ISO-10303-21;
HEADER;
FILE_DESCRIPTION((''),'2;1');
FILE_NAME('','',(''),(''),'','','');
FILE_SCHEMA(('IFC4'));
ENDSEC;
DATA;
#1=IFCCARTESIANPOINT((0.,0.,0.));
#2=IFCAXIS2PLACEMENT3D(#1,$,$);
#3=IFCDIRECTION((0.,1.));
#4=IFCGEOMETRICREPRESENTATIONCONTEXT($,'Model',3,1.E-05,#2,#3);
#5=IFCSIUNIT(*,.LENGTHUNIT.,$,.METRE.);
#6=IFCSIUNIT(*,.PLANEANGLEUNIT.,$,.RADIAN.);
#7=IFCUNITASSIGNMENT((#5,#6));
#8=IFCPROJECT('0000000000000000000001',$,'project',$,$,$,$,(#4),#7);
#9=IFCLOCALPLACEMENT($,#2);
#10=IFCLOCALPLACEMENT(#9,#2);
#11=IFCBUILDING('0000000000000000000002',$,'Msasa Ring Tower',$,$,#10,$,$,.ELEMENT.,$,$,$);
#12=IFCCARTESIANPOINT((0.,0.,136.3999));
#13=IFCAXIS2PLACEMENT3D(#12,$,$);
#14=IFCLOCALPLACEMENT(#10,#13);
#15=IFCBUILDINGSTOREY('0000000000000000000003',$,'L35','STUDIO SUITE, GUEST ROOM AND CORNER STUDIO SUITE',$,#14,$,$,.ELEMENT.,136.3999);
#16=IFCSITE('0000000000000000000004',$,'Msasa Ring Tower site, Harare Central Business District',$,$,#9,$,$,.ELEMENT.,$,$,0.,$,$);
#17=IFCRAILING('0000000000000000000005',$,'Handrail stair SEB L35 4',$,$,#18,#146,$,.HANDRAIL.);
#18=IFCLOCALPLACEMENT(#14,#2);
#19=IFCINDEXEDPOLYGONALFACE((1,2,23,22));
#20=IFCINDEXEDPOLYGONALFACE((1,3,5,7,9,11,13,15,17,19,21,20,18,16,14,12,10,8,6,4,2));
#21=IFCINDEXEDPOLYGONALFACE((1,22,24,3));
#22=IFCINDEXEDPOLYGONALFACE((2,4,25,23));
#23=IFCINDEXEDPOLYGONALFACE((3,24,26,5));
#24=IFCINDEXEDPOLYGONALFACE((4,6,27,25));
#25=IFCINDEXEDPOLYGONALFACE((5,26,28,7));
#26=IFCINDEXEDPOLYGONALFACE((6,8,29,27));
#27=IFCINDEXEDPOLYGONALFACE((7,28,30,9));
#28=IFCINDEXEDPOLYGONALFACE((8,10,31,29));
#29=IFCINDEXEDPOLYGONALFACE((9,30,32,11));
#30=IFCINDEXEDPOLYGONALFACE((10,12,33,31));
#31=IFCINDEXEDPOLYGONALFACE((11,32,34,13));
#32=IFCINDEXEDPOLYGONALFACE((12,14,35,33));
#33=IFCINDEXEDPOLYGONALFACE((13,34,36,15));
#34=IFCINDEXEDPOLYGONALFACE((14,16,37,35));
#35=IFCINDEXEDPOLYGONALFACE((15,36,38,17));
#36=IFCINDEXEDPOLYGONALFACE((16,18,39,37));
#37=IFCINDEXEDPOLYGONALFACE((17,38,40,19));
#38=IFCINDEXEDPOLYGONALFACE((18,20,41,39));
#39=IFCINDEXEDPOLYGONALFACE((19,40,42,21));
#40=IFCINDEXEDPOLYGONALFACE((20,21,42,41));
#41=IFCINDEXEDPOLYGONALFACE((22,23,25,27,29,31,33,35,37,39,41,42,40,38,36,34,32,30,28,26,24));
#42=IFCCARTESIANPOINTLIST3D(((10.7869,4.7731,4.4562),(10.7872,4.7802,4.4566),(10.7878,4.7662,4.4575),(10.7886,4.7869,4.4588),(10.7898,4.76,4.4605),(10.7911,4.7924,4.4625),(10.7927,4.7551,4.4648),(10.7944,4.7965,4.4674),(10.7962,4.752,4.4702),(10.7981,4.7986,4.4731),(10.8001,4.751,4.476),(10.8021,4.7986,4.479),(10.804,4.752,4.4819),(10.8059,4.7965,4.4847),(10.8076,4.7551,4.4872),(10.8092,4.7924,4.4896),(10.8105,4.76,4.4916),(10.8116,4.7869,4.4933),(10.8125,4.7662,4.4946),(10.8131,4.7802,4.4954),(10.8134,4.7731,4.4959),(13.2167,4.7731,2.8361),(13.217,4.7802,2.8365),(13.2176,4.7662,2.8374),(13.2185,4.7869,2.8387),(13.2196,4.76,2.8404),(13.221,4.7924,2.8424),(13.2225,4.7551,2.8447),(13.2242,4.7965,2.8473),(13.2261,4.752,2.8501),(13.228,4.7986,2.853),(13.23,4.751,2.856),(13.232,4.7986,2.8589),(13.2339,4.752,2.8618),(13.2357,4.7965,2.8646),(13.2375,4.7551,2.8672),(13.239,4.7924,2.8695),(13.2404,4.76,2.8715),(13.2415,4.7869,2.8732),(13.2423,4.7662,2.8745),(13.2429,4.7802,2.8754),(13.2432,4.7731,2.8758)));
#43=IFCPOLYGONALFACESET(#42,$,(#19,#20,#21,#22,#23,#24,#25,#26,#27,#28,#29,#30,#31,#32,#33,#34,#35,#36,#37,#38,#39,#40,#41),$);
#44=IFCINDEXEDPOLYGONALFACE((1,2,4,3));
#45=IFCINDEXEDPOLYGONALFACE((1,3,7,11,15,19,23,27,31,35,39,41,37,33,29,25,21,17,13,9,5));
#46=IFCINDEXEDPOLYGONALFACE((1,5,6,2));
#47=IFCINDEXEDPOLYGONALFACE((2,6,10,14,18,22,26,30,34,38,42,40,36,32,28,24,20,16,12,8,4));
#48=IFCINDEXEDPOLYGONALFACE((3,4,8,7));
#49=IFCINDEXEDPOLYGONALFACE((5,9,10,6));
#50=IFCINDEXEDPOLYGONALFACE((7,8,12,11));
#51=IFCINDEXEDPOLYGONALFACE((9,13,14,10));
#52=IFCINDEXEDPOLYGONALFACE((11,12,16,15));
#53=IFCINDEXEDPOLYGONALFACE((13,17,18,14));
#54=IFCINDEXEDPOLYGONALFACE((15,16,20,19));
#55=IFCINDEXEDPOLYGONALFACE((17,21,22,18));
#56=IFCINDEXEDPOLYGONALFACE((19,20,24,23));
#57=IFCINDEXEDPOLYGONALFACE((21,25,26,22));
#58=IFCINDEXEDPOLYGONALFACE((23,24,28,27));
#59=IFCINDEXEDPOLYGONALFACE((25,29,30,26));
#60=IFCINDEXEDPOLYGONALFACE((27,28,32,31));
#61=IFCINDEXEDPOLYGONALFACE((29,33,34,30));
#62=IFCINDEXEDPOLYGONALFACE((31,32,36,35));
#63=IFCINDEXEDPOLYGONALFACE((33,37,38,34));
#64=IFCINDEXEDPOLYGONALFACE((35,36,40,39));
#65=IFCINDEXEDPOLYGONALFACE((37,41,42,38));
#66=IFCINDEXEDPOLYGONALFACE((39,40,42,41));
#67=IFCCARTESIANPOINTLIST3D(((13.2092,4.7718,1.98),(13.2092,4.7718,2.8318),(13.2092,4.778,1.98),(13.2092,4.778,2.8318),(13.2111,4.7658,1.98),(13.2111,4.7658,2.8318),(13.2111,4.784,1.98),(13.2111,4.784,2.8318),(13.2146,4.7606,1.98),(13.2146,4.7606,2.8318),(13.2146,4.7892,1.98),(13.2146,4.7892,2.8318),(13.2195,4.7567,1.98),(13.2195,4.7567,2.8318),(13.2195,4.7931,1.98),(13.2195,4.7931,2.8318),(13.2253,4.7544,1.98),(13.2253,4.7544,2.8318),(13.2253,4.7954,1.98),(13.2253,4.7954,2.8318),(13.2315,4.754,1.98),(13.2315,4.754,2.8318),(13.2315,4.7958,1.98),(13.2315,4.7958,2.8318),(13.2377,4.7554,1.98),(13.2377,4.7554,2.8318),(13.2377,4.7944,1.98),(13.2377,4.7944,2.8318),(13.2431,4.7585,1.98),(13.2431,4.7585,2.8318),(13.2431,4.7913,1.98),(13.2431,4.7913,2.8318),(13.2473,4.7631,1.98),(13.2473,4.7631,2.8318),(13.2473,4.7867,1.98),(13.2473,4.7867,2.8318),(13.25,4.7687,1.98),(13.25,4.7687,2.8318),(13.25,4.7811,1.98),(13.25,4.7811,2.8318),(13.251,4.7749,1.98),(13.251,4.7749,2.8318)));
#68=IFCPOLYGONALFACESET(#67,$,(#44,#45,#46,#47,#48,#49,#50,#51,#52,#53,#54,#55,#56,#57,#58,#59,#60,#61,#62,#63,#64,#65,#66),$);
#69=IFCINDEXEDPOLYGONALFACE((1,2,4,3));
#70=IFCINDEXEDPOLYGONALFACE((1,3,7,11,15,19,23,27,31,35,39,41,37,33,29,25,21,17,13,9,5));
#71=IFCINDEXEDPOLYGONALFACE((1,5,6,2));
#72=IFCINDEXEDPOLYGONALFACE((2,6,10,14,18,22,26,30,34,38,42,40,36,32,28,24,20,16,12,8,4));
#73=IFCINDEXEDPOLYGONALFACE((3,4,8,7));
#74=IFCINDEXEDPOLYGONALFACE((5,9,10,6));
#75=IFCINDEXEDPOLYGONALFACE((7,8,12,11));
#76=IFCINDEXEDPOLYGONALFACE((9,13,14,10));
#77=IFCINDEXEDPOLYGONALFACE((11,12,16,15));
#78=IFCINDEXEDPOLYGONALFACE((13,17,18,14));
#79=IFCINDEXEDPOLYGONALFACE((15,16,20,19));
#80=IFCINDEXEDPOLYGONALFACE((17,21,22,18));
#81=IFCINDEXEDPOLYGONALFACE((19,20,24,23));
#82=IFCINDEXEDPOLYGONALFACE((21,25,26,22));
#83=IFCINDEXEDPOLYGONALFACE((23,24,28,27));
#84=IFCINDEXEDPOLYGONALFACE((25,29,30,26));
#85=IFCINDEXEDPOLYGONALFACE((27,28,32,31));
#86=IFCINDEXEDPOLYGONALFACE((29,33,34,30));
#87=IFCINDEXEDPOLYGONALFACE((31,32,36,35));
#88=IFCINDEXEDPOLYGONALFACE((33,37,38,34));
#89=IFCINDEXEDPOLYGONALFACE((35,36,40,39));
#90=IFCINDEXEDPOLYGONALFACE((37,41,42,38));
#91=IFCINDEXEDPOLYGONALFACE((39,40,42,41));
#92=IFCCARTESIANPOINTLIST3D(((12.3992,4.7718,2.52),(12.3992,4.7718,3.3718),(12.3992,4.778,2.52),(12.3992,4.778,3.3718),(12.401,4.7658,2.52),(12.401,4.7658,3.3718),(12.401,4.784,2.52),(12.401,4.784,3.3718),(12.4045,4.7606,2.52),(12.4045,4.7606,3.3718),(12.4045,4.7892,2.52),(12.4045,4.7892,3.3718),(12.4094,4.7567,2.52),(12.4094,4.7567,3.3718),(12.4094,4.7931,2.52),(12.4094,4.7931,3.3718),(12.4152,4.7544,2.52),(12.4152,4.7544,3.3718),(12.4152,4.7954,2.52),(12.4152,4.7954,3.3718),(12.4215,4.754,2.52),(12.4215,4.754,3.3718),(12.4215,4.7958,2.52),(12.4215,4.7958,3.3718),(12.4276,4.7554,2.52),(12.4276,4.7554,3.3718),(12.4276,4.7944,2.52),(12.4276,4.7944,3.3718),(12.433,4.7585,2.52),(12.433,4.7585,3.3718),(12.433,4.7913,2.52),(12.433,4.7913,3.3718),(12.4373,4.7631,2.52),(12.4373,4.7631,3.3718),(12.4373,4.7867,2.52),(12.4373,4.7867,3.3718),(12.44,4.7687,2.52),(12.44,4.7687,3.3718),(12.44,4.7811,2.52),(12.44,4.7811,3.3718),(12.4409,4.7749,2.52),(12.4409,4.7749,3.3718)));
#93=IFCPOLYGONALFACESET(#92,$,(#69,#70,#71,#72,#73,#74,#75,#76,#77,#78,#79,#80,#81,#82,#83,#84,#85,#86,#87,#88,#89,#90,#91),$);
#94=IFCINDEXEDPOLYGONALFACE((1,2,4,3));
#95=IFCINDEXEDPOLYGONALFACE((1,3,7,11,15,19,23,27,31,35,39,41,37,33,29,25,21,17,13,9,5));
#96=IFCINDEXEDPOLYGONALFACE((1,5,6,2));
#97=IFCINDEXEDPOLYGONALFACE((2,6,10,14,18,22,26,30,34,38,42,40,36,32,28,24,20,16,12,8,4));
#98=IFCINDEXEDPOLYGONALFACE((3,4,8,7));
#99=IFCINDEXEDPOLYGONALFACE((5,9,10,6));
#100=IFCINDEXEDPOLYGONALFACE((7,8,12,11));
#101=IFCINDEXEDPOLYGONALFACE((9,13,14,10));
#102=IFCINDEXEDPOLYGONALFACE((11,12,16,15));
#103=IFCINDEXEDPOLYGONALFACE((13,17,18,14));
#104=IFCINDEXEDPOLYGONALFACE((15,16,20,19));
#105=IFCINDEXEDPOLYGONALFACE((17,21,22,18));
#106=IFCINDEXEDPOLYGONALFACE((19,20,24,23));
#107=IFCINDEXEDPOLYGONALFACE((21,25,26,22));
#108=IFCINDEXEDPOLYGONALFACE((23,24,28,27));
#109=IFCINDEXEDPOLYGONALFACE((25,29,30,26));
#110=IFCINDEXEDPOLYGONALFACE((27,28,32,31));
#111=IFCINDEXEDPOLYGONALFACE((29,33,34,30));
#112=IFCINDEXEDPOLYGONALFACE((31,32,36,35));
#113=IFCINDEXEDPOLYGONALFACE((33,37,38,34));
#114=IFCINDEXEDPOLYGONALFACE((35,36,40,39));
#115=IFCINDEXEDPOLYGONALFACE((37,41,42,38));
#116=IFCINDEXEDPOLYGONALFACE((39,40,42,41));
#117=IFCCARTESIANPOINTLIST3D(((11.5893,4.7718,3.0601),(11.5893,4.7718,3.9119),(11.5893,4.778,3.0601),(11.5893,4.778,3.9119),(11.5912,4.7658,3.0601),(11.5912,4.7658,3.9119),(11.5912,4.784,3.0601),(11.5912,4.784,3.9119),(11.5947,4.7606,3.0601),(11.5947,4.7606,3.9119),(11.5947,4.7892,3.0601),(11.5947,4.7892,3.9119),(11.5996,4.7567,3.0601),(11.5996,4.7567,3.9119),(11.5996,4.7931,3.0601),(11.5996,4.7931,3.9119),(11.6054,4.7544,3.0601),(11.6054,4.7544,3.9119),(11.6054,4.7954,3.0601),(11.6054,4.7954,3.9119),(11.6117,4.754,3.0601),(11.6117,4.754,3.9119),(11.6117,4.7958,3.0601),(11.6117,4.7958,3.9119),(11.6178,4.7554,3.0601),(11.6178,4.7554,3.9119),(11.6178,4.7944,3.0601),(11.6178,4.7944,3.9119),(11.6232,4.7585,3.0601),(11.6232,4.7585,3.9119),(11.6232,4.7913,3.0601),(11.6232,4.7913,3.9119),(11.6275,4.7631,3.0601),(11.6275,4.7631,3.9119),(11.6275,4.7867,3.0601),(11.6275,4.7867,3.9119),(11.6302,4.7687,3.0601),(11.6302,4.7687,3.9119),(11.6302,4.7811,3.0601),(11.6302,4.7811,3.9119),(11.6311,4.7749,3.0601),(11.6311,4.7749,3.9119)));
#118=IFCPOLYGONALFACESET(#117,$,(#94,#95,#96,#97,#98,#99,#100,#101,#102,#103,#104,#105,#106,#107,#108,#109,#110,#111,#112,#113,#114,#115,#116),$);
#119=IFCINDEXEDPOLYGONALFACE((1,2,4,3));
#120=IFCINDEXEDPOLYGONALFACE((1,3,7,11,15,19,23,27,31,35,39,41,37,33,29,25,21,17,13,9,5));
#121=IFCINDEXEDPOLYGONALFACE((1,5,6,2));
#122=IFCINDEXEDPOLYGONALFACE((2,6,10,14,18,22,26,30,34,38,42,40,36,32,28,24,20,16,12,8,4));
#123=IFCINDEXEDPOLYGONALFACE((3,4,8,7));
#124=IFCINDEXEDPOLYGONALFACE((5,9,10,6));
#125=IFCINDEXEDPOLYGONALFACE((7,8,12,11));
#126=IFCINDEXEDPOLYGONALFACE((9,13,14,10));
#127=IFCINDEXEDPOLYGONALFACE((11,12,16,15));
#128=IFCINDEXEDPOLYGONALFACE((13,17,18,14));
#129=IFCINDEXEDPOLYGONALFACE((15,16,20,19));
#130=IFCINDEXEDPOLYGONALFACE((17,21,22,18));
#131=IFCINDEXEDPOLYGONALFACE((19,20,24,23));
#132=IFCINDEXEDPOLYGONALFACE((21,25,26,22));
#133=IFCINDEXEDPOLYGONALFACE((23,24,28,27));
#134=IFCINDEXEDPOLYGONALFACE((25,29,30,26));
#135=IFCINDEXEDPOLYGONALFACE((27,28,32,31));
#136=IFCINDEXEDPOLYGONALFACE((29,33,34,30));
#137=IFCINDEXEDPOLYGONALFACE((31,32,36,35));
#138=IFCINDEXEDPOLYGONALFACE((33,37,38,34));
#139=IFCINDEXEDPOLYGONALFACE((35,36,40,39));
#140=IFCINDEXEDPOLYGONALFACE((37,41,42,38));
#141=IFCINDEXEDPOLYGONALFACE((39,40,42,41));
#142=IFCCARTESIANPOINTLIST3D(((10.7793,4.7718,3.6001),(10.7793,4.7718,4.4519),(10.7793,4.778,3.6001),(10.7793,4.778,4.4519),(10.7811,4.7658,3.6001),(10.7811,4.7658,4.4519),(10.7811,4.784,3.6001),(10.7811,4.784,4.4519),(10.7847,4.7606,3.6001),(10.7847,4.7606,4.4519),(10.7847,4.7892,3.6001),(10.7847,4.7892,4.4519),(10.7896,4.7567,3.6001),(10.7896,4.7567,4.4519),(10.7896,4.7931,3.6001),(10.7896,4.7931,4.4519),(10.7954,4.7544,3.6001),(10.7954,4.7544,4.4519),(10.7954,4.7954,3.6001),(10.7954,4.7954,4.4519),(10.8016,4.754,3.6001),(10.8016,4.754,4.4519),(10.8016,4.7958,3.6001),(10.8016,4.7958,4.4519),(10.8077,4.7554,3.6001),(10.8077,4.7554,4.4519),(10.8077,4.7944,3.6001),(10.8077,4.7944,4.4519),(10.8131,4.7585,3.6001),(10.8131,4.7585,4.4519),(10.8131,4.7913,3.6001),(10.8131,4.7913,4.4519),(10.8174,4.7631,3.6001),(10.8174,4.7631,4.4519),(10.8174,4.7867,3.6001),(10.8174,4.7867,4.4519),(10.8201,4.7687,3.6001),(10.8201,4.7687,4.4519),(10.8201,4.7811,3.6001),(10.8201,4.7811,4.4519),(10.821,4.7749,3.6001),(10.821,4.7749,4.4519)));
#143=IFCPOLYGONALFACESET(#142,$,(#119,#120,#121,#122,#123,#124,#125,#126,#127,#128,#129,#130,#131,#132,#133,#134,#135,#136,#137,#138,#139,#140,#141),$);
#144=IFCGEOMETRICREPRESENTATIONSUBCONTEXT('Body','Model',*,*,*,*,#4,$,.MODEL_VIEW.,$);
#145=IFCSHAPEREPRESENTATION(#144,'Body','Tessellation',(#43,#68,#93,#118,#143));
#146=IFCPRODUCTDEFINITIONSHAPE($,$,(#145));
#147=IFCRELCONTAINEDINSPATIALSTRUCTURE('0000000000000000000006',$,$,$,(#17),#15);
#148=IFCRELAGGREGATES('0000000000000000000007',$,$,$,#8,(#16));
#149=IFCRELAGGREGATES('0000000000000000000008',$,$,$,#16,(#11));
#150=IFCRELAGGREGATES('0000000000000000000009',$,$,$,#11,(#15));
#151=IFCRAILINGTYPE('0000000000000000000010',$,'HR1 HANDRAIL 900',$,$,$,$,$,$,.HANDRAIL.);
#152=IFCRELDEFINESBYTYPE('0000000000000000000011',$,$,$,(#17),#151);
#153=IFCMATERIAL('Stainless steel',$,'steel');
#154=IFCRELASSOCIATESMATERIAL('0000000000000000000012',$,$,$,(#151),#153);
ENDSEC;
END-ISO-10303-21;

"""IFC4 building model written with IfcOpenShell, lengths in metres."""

from ifc_helpers import new_model, si_unit, direction, frame, origin, origin_2d, place, context, subcontext, project, spatial, circle, extrude, material, type_object, element, save


model = new_model("IFC4")

# Units and contexts
model_context = context("Model", 3, precision=1e-05, world=origin(), true_north=direction((0.0, 1.0)))
body_context = subcontext(model_context, "Body", "Model", "MODEL_VIEW")
ifc_project = project(units=[si_unit("LENGTHUNIT", "METRE"), si_unit("PLANEANGLEUNIT", "RADIAN")], contexts=[model_context])

# Site, building, storey
site_placement = place(None, origin())
site = spatial("IfcSite", under=ifc_project, at=site_placement, Name="Msasa Ring Tower site, Harare Central Business District", CompositionType="ELEMENT", RefElevation=0.0)
building_placement = place(site_placement, origin())
building = spatial("IfcBuilding", under=site, at=building_placement, Name="Msasa Ring Tower", CompositionType="ELEMENT")
storey_placement = place(building_placement, frame((0.0, 0.0, 136.3999)))
storey = spatial("IfcBuildingStorey", under=building, at=storey_placement, Name="L35", Description="STUDIO SUITE, GUEST ROOM AND CORNER STUDIO SUITE", CompositionType="ELEMENT", Elevation=136.3999)

# Railing
ifc_material_1 = material(Name="Stainless steel", Category="steel")
railing_type = type_object("IfcRailingType", Name="HR1 HANDRAIL 900", PredefinedType="HANDRAIL", material=ifc_material_1)
for number, where, name in (
    (1, (13.23, 4.7749, 1.98), "Handrail stair SEB L35 4"),
):
    element("IfcRailing", number, at=place(storey_placement, frame(where)), inside=storey, type_object=railing_type, Name=name, PredefinedType="HANDRAIL", context=body_context, shape_type="SweptSolid", body=[
        extrude(circle(Radius=0.0239, at=origin_2d()), frame((0.0, 0.0, 0.876), z_axis=(-0.832025, 0.0, 0.554739), x_axis=(0.0, -1.0, 0.0)), (0.0, 0.0, 1.0), 2.9204),
        extrude(circle(Radius=0.021, at=origin_2d()), origin(), (0.0, 0.0, 1.0), 0.8518),
        extrude(circle(Radius=0.021, at=origin_2d()), frame((-0.8101, 0.0, 0.54)), (0.0, 0.0, 1.0), 0.8518),
        extrude(circle(Radius=0.021, at=origin_2d()), frame((-1.6199, 0.0, 1.0801)), (0.0, 0.0, 1.0), 0.8518),
        extrude(circle(Radius=0.021, at=origin_2d()), frame((-2.4299, 0.0, 1.6201)), (0.0, 0.0, 1.0), 0.8518),
    ])

save(model, "model.ifc")
